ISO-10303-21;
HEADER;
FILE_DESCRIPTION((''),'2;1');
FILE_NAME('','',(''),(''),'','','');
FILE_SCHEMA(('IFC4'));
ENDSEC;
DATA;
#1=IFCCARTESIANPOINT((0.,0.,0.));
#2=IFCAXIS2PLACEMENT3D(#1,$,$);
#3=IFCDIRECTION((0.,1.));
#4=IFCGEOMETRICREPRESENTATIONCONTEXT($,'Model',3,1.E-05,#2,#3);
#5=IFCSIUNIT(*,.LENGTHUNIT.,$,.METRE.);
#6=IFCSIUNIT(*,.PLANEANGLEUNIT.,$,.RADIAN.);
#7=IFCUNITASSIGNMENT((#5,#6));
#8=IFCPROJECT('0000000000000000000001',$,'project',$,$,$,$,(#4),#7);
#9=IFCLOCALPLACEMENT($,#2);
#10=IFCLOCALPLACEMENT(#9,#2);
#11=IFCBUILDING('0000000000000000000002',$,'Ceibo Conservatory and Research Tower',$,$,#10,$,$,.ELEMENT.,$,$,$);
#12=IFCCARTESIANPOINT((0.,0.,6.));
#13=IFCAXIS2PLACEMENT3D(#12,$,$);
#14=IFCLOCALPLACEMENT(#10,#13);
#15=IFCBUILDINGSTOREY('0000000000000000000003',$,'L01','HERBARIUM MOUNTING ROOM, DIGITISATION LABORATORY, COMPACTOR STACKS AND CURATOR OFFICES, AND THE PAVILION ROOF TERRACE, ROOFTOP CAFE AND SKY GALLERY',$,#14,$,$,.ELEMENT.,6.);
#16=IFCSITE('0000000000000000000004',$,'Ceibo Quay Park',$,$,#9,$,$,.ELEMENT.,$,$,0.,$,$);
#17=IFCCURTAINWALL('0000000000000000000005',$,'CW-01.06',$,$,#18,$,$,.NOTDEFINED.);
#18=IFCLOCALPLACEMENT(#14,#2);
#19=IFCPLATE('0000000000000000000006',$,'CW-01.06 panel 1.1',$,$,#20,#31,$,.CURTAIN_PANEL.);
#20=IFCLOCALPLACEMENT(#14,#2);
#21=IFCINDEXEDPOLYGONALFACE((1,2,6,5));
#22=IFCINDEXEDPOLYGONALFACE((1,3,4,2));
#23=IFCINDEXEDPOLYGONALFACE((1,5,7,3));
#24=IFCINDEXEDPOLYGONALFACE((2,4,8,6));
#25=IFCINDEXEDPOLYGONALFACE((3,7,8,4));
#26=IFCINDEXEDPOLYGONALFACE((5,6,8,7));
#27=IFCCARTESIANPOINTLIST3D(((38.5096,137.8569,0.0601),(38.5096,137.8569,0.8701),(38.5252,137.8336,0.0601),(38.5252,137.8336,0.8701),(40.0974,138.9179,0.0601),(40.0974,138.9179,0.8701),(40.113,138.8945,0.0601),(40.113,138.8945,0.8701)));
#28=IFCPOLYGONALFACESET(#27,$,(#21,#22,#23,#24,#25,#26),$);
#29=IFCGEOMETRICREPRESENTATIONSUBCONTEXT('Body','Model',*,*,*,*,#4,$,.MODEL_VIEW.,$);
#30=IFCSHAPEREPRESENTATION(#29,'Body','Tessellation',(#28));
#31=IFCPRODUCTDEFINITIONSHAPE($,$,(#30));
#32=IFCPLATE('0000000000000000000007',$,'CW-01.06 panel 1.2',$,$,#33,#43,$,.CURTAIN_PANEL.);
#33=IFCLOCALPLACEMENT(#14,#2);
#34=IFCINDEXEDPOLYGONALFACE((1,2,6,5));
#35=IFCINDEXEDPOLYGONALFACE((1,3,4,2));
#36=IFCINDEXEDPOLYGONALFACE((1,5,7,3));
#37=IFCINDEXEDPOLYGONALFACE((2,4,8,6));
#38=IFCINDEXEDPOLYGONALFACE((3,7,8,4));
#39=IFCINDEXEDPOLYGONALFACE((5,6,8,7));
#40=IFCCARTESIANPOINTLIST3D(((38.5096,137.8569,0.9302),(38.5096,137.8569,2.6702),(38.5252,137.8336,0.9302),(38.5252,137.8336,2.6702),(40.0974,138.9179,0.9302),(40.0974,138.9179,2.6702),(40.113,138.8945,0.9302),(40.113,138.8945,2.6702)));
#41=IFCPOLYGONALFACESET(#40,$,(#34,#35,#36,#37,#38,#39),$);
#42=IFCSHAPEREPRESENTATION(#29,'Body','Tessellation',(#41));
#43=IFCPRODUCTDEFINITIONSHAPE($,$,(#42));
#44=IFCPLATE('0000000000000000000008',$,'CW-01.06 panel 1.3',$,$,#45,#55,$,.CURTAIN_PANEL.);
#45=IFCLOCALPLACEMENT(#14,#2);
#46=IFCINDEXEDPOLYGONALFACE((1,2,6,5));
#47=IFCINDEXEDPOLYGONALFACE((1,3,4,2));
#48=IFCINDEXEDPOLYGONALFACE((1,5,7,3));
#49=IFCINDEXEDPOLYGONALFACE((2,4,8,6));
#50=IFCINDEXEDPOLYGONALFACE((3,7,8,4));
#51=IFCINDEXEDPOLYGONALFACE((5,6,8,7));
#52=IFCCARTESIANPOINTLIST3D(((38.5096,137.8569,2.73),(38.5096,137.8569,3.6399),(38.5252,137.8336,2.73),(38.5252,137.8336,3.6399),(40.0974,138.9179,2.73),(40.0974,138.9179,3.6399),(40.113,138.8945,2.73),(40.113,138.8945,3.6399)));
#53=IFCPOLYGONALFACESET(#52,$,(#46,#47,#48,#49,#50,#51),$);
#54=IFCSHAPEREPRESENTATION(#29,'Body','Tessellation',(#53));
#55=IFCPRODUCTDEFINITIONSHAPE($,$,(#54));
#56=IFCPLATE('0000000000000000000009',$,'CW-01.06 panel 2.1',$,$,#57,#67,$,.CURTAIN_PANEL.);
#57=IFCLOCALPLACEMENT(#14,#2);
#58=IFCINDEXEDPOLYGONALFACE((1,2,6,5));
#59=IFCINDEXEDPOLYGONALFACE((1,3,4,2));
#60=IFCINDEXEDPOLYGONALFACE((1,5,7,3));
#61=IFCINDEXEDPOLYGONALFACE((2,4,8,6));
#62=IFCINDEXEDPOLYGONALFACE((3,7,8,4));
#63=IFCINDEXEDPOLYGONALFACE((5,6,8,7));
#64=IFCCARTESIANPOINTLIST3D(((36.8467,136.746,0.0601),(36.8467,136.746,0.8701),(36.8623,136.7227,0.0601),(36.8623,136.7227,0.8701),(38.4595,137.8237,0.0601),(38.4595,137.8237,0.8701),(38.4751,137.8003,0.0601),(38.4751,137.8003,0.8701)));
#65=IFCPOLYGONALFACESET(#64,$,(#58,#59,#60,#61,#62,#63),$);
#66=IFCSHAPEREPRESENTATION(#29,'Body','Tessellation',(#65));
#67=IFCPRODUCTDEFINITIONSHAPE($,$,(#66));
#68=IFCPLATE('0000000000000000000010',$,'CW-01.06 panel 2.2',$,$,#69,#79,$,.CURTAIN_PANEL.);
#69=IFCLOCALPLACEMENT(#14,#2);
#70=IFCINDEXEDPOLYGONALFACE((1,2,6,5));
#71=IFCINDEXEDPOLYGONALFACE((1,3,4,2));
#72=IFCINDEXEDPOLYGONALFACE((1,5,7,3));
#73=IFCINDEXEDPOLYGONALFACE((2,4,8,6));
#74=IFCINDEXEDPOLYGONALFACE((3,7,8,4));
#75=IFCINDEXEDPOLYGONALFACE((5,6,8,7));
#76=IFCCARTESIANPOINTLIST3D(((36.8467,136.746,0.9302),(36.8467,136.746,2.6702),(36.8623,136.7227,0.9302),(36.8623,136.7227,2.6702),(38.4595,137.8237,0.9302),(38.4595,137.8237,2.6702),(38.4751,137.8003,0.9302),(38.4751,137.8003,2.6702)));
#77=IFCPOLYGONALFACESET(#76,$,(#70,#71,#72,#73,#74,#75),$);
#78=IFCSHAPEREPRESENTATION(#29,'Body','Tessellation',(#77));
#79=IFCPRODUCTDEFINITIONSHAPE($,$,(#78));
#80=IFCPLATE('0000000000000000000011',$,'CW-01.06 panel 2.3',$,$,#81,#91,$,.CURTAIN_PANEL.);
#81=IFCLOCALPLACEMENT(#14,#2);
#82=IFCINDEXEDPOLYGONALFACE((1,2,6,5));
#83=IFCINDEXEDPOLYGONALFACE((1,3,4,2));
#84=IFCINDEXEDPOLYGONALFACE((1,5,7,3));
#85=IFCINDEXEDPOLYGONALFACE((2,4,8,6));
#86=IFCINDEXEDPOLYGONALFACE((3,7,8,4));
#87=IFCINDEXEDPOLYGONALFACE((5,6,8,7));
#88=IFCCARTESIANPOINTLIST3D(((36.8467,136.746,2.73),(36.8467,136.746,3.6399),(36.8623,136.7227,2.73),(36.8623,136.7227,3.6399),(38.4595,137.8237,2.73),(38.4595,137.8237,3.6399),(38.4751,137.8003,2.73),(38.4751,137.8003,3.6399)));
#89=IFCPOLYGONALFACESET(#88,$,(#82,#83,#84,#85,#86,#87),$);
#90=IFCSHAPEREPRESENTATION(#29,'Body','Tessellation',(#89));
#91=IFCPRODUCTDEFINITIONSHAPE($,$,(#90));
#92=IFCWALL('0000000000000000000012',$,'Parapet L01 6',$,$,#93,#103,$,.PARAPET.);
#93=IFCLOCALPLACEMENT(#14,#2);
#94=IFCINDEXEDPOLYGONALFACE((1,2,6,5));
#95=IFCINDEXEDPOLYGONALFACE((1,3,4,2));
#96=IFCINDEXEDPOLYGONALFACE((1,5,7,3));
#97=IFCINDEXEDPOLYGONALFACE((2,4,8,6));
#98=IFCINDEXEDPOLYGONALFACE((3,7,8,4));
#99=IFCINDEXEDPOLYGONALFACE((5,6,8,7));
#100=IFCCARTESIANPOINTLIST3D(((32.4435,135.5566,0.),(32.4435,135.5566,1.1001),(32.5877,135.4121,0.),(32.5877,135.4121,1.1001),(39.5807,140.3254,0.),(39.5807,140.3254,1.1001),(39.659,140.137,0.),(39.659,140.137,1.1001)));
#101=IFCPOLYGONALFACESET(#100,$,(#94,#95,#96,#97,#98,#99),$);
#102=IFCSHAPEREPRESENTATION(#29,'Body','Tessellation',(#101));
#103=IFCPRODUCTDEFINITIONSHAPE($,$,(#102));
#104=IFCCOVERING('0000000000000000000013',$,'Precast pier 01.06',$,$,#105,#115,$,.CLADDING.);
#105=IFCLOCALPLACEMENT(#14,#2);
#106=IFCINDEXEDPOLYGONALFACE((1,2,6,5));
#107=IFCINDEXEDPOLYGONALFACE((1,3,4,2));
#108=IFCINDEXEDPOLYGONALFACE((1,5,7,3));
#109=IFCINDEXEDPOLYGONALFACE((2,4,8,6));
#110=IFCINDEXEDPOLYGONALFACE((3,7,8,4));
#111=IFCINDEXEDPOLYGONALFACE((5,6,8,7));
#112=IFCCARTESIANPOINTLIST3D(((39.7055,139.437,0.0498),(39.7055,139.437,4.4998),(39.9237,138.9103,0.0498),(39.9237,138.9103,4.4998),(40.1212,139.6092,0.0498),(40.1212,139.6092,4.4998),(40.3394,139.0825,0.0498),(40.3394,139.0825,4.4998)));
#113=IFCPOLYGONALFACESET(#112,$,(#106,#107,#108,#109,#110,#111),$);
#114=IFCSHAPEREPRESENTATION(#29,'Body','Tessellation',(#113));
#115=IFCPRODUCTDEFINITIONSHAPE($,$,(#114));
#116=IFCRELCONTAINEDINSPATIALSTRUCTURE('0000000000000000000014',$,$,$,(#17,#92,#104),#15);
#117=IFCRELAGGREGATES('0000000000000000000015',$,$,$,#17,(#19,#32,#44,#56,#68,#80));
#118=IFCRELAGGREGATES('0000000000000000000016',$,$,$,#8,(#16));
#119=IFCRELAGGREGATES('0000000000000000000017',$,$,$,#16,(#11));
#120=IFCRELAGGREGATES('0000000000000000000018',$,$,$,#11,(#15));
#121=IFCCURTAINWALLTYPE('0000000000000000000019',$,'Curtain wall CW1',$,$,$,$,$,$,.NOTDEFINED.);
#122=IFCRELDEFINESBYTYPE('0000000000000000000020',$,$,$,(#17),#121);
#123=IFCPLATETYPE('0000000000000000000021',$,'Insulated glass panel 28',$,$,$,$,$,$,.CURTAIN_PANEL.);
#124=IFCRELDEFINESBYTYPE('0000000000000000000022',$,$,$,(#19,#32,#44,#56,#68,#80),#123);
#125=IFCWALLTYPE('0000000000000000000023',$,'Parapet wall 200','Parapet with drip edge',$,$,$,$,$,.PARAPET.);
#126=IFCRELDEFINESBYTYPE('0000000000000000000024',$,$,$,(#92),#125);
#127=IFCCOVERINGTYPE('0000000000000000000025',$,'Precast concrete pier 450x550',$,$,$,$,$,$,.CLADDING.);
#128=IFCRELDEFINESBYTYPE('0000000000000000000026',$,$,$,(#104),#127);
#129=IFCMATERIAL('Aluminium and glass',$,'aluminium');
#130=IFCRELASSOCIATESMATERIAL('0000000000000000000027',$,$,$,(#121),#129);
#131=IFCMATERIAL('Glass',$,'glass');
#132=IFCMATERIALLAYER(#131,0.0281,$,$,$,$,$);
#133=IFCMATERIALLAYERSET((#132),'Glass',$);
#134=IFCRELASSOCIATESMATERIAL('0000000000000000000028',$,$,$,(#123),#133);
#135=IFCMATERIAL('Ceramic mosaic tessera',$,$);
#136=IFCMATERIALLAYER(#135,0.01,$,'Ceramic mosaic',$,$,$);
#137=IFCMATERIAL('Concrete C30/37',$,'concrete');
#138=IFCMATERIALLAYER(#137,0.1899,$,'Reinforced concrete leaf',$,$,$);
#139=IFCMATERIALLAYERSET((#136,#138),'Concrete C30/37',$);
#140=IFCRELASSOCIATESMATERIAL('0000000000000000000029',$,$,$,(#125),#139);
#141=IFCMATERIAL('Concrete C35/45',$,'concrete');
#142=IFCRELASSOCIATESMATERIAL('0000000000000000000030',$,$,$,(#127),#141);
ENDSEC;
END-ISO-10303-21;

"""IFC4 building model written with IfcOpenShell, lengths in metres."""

from ifc_helpers import new_model, si_unit, direction, frame, origin, origin_2d, place, context, subcontext, project, spatial, polyline, rectangle, outline, extrude, material, layer, layer_set, type_object, element, aggregate, save


model = new_model("IFC4")

# Units and contexts
model_context = context("Model", 3, precision=1e-05, world=origin(), true_north=direction((0.0, 1.0)))
body_context = subcontext(model_context, "Body", "Model", "MODEL_VIEW")
ifc_project = project(units=[si_unit("LENGTHUNIT", "METRE"), si_unit("PLANEANGLEUNIT", "RADIAN")], contexts=[model_context])

# Site, building, storey
site_placement = place(None, origin())
site = spatial("IfcSite", under=ifc_project, at=site_placement, Name="Ceibo Quay Park", CompositionType="ELEMENT", RefElevation=0.0)
building_placement = place(site_placement, origin())
building = spatial("IfcBuilding", under=site, at=building_placement, Name="Ceibo Conservatory and Research Tower", CompositionType="ELEMENT")
storey_placement = place(building_placement, frame((0.0, 0.0, 6.0)))
storey = spatial("IfcBuildingStorey", under=building, at=storey_placement, Name="L01", Description="HERBARIUM MOUNTING ROOM, DIGITISATION LABORATORY, COMPACTOR STACKS AND CURATOR OFFICES, AND THE PAVILION ROOF TERRACE, ROOFTOP CAFE AND SKY GALLERY", CompositionType="ELEMENT", Elevation=6.0)

# Curtain wall
ifc_material_1 = material(Name="Aluminium and glass", Category="aluminium")
curtain_wall_type = type_object("IfcCurtainWallType", Name="Curtain wall CW1", PredefinedType="NOTDEFINED", material=ifc_material_1)
curtain_wall_placement = place(storey_placement, origin())
curtain_wall = element("IfcCurtainWall", 1, at=curtain_wall_placement, inside=storey, type_object=curtain_wall_type, Name="CW-01.06", PredefinedType="NOTDEFINED")

# Shared definitions
ifc_material_2 = material(Name="Concrete C35/45", Category="concrete")

# Plates
ifc_material_3 = material(Name="Glass", Category="glass")
ifc_layer_1 = layer(ifc_material_3, 0.0281)
ifc_layer_set_1 = layer_set([ifc_layer_1], Name="Glass")
plate_type = type_object("IfcPlateType", Name="Insulated glass panel 28", PredefinedType="CURTAIN_PANEL", material=ifc_layer_set_1)
plate_1_placement = place(storey_placement, frame((39.3113, 138.3757, 0.0601), z_axis=(0.0, 0.0, 1.0), x_axis=(-0.83147, -0.55557, 0.0)))
plate_1 = element("IfcPlate", 2, at=plate_1_placement, type_object=plate_type, Name="CW-01.06 panel 1.1", PredefinedType="CURTAIN_PANEL", context=body_context, shape_type="SweptSolid", body=[
    extrude(rectangle(XDim=1.9097, YDim=0.0281, at=origin_2d()), origin(), (0.0, 0.0, 1.0), 0.8101),
])
plate_2_placement = place(storey_placement, frame((39.3113, 138.3757, 0.9302), z_axis=(0.0, 0.0, 1.0), x_axis=(-0.83147, -0.55557, 0.0)))
plate_2 = element("IfcPlate", 3, at=plate_2_placement, type_object=plate_type, Name="CW-01.06 panel 1.2", PredefinedType="CURTAIN_PANEL", context=body_context, shape_type="SweptSolid", body=[
    extrude(rectangle(XDim=1.9097, YDim=0.0281, at=origin_2d()), origin(), (0.0, 0.0, 1.0), 1.74),
])
plate_3_placement = place(storey_placement, frame((39.3113, 138.3757, 2.73), z_axis=(0.0, 0.0, 1.0), x_axis=(-0.83147, -0.55557, 0.0)))
plate_3 = element("IfcPlate", 4, at=plate_3_placement, type_object=plate_type, Name="CW-01.06 panel 1.3", PredefinedType="CURTAIN_PANEL", context=body_context, shape_type="SweptSolid", body=[
    extrude(rectangle(XDim=1.9097, YDim=0.0281, at=origin_2d()), origin(), (0.0, 0.0, 1.0), 0.9099),
])
plate_4_placement = place(storey_placement, frame((37.6609, 137.2732, 0.0601), z_axis=(0.0, 0.0, 1.0), x_axis=(-0.83147, -0.55557, 0.0)))
plate_4 = element("IfcPlate", 5, at=plate_4_placement, type_object=plate_type, Name="CW-01.06 panel 2.1", PredefinedType="CURTAIN_PANEL", context=body_context, shape_type="SweptSolid", body=[
    extrude(rectangle(XDim=1.9397, YDim=0.0281, at=origin_2d()), origin(), (0.0, 0.0, 1.0), 0.8101),
])
plate_5_placement = place(storey_placement, frame((37.6609, 137.2732, 0.9302), z_axis=(0.0, 0.0, 1.0), x_axis=(-0.83147, -0.55557, 0.0)))
plate_5 = element("IfcPlate", 6, at=plate_5_placement, type_object=plate_type, Name="CW-01.06 panel 2.2", PredefinedType="CURTAIN_PANEL", context=body_context, shape_type="SweptSolid", body=[
    extrude(rectangle(XDim=1.9397, YDim=0.0281, at=origin_2d()), origin(), (0.0, 0.0, 1.0), 1.74),
])
plate_6_placement = place(storey_placement, frame((37.6609, 137.2732, 2.73), z_axis=(0.0, 0.0, 1.0), x_axis=(-0.83147, -0.55557, 0.0)))
plate_6 = element("IfcPlate", 7, at=plate_6_placement, type_object=plate_type, Name="CW-01.06 panel 2.3", PredefinedType="CURTAIN_PANEL", context=body_context, shape_type="SweptSolid", body=[
    extrude(rectangle(XDim=1.9397, YDim=0.0281, at=origin_2d()), origin(), (0.0, 0.0, 1.0), 0.9099),
])
aggregate(curtain_wall, [plate_1, plate_2, plate_3, plate_4, plate_5, plate_6])

# Wall
ifc_material_4 = material(Name="Ceramic mosaic tessera")
ifc_layer_2 = layer(ifc_material_4, 0.01, Name="Ceramic mosaic")
ifc_material_5 = material(Name="Concrete C30/37", Category="concrete")
ifc_layer_3 = layer(ifc_material_5, 0.1899, Name="Reinforced concrete leaf")
ifc_layer_set_2 = layer_set([ifc_layer_2, ifc_layer_3], Name="Concrete C30/37")
wall_type = type_object("IfcWallType", Name="Parapet wall 200", Description="Parapet with drip edge", PredefinedType="PARAPET", material=ifc_layer_set_2)
wall_placement = place(storey_placement, frame((39.6199, 140.2312, 0.0), z_axis=(0.0, 0.0, 1.0), x_axis=(-0.831474, -0.555564, 0.0)))
element("IfcWall", 8, at=wall_placement, inside=storey, type_object=wall_type, Name="Parapet L01 6", PredefinedType="PARAPET", context=body_context, shape_type="SweptSolid", body=[
    extrude(outline(polyline([(-0.0198, -0.1001), (8.564, -0.1001), (8.5244, 0.1001), (0.0198, 0.1001), (-0.0198, -0.1001)])), origin(), (0.0, 0.0, 1.0), 1.1001),
])

# Covering
covering_type = type_object("IfcCoveringType", Name="Precast concrete pier 450x550", PredefinedType="CLADDING", material=ifc_material_2)
covering_placement = place(storey_placement, frame((40.0225, 139.2598, 0.0498), z_axis=(0.0, 0.0, 1.0), x_axis=(-0.382683, 0.92388, 0.0)))
element("IfcCovering", 9, at=covering_placement, inside=storey, type_object=covering_type, Name="Precast pier 01.06", PredefinedType="CLADDING", context=body_context, shape_type="SweptSolid", body=[
    extrude(rectangle(XDim=0.5701, YDim=0.45, at=origin_2d()), origin(), (0.0, 0.0, 1.0), 4.45),
])

save(model, "model.ifc")
